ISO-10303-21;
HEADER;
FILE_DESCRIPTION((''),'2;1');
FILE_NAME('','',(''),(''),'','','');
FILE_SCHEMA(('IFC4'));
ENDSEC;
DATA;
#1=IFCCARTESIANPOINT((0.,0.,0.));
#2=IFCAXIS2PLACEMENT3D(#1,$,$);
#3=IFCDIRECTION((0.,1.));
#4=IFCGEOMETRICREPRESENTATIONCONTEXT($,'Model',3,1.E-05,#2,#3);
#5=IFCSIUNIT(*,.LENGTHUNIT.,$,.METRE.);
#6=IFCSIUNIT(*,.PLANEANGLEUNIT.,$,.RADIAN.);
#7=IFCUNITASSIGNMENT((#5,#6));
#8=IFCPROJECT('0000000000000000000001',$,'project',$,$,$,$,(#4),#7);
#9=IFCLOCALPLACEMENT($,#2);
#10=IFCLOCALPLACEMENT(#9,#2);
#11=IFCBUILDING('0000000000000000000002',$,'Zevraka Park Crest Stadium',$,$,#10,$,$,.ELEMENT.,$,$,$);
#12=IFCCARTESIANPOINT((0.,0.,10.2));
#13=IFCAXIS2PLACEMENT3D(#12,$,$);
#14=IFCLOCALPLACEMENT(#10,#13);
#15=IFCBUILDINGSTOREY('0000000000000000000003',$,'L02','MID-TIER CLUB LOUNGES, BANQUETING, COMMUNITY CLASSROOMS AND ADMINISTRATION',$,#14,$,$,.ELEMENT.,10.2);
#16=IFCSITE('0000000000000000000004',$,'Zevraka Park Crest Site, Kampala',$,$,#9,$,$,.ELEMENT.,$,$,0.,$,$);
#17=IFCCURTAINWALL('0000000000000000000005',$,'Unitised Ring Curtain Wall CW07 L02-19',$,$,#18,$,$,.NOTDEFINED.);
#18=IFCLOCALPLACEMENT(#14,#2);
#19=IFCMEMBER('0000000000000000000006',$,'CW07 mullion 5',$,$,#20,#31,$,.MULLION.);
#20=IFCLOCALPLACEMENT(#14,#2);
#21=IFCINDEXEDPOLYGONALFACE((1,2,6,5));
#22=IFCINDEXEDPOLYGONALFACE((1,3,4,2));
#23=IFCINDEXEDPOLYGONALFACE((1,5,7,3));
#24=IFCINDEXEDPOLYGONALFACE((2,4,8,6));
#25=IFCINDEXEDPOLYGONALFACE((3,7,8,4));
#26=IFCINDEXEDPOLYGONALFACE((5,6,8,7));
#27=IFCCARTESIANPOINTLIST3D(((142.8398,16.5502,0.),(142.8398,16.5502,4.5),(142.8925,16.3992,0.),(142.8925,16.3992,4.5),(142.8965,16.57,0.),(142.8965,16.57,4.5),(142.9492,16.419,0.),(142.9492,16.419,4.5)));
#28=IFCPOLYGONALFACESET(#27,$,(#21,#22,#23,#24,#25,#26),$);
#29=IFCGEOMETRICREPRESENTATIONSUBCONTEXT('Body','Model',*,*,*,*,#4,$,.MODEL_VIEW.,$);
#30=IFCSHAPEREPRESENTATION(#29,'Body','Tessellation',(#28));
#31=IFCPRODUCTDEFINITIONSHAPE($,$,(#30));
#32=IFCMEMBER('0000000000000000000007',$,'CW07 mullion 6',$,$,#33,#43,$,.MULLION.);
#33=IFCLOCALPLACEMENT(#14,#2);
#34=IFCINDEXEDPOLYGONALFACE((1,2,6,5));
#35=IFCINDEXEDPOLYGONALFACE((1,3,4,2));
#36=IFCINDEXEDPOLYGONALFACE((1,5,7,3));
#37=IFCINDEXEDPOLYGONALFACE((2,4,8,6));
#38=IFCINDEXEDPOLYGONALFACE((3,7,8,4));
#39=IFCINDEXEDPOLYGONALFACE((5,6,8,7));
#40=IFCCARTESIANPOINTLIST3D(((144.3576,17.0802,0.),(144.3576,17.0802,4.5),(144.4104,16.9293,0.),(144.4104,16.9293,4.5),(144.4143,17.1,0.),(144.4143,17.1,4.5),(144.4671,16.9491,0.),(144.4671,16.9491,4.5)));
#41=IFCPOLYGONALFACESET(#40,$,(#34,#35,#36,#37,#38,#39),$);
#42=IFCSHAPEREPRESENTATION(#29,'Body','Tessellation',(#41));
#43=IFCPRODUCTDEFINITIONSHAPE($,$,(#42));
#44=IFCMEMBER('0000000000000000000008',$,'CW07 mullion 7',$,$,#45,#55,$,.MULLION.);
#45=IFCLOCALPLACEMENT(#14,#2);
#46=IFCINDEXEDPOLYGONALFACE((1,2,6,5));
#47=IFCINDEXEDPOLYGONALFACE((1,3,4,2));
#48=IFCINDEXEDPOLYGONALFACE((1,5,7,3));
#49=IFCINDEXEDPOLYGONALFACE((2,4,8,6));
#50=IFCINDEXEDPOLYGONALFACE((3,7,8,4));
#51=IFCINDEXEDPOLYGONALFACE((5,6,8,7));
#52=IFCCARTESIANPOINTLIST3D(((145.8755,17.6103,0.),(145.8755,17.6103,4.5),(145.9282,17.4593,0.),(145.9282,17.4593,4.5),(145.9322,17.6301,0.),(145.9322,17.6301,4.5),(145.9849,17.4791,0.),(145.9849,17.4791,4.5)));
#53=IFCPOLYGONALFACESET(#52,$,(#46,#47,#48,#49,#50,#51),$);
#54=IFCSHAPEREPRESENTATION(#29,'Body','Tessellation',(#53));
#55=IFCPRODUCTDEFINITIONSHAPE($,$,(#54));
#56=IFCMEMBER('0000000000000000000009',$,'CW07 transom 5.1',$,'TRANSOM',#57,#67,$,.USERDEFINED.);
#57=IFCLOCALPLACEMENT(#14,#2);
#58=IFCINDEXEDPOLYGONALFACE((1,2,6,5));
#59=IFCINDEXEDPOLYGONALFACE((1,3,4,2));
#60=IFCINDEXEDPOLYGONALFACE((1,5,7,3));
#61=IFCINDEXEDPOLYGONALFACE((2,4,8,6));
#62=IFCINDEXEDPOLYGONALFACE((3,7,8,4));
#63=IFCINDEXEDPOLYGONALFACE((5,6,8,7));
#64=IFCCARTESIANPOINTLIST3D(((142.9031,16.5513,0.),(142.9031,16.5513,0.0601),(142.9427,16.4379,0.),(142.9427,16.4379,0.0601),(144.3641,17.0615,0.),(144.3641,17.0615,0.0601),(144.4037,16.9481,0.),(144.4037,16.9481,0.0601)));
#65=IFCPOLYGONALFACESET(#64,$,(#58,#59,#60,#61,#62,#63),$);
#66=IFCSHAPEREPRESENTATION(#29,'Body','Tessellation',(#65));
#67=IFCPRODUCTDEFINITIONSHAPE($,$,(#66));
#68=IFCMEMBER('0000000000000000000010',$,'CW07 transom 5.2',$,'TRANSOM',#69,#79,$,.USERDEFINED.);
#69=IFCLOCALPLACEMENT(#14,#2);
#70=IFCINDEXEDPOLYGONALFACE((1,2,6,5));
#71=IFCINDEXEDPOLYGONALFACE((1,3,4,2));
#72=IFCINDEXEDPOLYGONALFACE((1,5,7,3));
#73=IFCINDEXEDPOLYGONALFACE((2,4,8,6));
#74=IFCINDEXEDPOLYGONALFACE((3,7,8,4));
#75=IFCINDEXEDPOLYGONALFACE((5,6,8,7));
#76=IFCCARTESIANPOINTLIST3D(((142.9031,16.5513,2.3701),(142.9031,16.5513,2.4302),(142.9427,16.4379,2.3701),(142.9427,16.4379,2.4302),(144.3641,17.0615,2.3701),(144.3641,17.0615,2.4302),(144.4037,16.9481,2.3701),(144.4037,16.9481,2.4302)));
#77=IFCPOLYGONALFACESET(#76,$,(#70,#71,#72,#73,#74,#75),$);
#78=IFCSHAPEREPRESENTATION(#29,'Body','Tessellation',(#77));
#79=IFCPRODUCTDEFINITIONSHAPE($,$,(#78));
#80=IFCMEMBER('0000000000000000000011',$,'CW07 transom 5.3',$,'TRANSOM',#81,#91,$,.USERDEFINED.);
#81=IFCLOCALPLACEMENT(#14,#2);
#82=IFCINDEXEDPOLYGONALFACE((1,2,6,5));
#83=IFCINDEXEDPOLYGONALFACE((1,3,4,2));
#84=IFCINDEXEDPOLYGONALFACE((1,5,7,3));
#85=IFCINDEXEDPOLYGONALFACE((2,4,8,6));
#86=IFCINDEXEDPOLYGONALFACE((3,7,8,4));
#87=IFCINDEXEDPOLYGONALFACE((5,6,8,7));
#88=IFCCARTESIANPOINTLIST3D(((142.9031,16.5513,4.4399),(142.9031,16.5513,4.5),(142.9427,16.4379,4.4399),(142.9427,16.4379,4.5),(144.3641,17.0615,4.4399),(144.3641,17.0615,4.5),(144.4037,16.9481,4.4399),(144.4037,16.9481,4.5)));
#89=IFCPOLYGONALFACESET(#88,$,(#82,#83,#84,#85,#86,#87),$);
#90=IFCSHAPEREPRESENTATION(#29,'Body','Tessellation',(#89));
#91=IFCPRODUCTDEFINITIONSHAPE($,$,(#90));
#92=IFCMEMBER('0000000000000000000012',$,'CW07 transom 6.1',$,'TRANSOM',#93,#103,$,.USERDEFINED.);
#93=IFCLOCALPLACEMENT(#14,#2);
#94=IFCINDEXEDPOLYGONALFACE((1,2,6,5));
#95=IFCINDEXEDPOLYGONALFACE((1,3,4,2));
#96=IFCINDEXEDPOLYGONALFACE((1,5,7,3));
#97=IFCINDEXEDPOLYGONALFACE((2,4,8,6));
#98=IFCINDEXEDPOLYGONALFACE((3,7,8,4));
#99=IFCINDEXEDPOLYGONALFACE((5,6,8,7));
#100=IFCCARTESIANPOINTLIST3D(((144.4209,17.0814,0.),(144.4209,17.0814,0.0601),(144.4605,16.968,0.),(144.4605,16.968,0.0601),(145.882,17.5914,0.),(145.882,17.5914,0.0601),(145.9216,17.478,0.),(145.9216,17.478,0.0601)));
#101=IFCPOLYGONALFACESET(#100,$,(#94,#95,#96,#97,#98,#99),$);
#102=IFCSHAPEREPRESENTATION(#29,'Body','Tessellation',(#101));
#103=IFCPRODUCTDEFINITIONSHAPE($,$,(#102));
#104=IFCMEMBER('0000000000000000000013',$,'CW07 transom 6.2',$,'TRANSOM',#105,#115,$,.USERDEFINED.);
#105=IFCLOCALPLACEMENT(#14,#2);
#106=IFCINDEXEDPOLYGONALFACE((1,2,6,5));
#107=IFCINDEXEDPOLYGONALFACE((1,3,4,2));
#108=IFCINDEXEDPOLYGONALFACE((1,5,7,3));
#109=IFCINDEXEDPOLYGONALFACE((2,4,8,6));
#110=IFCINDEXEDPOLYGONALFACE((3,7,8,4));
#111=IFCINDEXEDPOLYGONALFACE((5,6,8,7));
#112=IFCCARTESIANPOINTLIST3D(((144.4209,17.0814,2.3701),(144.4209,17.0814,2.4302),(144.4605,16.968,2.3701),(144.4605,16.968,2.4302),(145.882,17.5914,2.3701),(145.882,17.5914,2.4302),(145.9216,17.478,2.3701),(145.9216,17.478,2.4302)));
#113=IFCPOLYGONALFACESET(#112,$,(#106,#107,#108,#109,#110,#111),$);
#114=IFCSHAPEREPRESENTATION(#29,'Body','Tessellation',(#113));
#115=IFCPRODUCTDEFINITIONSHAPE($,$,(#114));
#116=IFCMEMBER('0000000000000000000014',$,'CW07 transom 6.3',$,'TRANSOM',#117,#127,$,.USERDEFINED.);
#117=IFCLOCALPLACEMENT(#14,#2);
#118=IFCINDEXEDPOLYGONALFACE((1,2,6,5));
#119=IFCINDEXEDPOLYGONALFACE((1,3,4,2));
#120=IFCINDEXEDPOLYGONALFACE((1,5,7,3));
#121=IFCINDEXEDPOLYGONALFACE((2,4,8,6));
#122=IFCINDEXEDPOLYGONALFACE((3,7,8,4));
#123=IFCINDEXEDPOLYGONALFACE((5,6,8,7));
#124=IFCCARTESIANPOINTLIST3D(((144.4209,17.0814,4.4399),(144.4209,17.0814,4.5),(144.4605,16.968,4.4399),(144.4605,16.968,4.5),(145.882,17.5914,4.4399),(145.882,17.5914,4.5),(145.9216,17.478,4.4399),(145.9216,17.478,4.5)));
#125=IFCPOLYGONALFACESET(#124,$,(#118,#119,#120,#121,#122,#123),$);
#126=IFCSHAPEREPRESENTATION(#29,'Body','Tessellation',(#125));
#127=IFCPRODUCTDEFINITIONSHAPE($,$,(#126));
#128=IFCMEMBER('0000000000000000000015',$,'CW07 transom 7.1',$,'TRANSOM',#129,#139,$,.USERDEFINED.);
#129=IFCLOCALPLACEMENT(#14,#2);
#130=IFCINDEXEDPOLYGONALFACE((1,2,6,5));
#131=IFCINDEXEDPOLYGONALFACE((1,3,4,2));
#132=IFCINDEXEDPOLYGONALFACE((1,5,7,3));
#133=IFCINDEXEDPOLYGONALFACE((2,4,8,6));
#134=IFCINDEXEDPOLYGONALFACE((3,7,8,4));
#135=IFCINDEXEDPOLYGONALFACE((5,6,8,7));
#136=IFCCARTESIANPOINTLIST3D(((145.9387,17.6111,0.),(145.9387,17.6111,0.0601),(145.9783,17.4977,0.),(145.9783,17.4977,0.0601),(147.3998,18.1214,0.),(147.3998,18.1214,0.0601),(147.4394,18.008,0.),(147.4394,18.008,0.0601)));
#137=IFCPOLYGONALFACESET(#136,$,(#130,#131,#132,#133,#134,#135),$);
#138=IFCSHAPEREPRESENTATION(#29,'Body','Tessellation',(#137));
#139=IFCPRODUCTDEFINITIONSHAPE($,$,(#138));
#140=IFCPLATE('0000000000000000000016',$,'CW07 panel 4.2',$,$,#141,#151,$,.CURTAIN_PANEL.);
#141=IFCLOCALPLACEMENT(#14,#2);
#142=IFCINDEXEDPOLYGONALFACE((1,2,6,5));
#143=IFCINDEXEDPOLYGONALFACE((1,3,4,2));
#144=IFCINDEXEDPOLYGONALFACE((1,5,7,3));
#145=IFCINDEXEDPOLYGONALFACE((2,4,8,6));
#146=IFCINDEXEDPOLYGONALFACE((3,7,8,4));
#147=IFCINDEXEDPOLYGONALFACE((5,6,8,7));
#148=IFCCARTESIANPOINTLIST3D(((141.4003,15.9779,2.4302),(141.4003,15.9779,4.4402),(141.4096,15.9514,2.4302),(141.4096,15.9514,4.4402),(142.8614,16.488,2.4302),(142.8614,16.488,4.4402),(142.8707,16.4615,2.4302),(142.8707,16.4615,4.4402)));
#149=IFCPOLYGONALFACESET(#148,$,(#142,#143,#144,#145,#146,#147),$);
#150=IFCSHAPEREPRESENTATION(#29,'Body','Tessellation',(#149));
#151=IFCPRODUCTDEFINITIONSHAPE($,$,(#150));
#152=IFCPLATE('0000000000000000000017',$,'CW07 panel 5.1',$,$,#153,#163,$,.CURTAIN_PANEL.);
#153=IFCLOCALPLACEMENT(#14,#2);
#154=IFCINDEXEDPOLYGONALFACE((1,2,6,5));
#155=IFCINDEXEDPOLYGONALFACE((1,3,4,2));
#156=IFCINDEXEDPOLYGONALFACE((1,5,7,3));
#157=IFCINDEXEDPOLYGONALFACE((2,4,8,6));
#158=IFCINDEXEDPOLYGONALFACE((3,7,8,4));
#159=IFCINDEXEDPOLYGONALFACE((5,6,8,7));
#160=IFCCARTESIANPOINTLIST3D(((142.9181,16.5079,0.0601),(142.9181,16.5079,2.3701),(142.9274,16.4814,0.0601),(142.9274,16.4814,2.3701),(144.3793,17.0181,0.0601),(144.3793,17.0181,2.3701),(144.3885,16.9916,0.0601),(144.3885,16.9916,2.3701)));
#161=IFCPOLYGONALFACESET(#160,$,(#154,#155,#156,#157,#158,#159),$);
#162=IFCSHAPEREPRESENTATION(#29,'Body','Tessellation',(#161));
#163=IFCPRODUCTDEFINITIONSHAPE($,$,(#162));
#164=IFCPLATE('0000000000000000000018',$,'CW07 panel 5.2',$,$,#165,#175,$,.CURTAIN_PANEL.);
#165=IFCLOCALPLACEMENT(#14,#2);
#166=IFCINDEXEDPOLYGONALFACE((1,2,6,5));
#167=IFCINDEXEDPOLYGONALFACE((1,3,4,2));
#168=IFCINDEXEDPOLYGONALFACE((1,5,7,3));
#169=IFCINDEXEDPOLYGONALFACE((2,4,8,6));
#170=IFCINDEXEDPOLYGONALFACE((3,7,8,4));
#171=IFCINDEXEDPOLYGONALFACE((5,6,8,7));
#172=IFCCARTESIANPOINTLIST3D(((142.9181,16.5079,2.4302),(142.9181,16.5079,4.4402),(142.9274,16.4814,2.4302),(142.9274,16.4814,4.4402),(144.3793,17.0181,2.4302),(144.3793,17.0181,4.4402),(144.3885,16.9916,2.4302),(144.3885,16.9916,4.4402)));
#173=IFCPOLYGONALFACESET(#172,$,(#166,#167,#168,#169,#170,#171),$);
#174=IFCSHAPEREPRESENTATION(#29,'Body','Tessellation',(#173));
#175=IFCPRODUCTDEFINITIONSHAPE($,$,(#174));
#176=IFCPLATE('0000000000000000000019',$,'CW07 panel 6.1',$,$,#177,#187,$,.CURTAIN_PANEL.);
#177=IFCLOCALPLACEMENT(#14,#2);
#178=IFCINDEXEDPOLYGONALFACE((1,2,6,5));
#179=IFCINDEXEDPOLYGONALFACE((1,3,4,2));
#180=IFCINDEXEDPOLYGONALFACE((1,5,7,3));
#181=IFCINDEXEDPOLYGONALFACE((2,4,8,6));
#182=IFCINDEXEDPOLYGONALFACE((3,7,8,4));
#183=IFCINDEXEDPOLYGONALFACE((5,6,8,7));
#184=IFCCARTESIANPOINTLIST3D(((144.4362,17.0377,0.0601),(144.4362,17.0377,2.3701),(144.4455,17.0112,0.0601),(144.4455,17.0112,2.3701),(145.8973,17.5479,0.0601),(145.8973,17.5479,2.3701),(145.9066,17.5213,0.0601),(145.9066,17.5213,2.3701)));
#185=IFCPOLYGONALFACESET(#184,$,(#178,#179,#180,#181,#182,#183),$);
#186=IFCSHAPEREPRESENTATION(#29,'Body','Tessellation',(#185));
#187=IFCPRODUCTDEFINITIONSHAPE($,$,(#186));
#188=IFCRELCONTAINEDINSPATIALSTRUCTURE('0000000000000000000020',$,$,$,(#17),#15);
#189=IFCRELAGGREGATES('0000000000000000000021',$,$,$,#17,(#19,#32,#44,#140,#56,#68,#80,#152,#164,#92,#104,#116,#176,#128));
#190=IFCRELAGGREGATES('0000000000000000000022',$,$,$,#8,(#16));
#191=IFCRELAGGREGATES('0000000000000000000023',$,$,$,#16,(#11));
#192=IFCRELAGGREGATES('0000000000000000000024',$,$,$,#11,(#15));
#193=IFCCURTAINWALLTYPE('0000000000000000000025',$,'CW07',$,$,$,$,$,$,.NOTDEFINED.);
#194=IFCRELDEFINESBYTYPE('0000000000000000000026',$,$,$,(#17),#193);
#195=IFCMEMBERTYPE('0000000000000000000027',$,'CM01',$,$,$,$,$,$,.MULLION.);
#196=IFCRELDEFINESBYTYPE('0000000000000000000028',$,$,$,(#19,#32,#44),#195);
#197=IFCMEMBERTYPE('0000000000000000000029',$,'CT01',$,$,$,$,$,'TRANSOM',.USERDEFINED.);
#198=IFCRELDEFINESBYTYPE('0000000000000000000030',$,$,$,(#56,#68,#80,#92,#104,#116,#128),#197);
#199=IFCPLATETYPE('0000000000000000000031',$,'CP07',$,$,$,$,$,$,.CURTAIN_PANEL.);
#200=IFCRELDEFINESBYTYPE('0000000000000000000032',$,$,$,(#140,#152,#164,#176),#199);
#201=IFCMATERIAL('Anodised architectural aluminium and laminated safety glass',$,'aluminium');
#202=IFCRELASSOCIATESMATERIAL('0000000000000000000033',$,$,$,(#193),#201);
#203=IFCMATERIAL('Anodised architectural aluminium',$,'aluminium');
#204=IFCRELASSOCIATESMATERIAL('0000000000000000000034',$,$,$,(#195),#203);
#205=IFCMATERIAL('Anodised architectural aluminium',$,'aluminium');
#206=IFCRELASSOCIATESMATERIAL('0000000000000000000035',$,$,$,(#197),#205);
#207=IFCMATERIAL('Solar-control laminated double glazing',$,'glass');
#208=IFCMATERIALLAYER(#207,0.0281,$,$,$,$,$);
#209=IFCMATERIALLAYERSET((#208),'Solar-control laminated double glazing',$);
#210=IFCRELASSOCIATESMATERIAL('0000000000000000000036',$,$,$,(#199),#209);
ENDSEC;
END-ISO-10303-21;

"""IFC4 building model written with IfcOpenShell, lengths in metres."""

from ifc_helpers import new_model, si_unit, direction, frame, origin, origin_2d, place, context, subcontext, project, spatial, rectangle, extrude, material, layer, layer_set, material_profile, profile_set, type_object, element, aggregate, save


model = new_model("IFC4")

# Units and contexts
model_context = context("Model", 3, precision=1e-05, world=origin(), true_north=direction((0.0, 1.0)))
body_context = subcontext(model_context, "Body", "Model", "MODEL_VIEW")
ifc_project = project(units=[si_unit("LENGTHUNIT", "METRE"), si_unit("PLANEANGLEUNIT", "RADIAN")], contexts=[model_context])

# Site, building, storey
site_placement = place(None, origin())
site = spatial("IfcSite", under=ifc_project, at=site_placement, Name="Zevraka Park Crest Site, Kampala", CompositionType="ELEMENT", RefElevation=0.0)
building_placement = place(site_placement, origin())
building = spatial("IfcBuilding", under=site, at=building_placement, Name="Zevraka Park Crest Stadium", CompositionType="ELEMENT")
storey_placement = place(building_placement, frame((0.0, 0.0, 10.2)))
storey = spatial("IfcBuildingStorey", under=building, at=storey_placement, Name="L02", Description="MID-TIER CLUB LOUNGES, BANQUETING, COMMUNITY CLASSROOMS AND ADMINISTRATION", CompositionType="ELEMENT", Elevation=10.2)

# Curtain wall, members, plates
ifc_material_1 = material(Name="Anodised architectural aluminium and laminated safety glass", Category="aluminium")
curtain_wall_type = type_object("IfcCurtainWallType", Name="CW07", PredefinedType="NOTDEFINED", material=ifc_material_1)
curtain_wall_placement = place(storey_placement, origin())
curtain_wall = element("IfcCurtainWall", 1, at=curtain_wall_placement, inside=storey, type_object=curtain_wall_type, Name="Unitised Ring Curtain Wall CW07 L02-19", PredefinedType="NOTDEFINED")
ifc_material_2 = material(Name="Anodised architectural aluminium", Category="aluminium")
ifc_material_profile_1 = material_profile(ifc_material_2, rectangle(XDim=0.1599, YDim=0.0601, at=origin_2d()), Name="ALU MULLION 160x60")
ifc_profile_set_1 = profile_set([ifc_material_profile_1], Name="Anodised architectural aluminium")
member_type_1 = type_object("IfcMemberType", Name="CM01", PredefinedType="MULLION", material=ifc_profile_set_1)
member_1_placement = place(storey_placement, frame((142.8945, 16.4846, 0.0), z_axis=(0.0, 0.0, 1.0), x_axis=(-0.329619, 0.944114, 0.0)))
member_1 = element("IfcMember", 2, at=member_1_placement, type_object=member_type_1, Name="CW07 mullion 5", PredefinedType="MULLION", context=body_context, shape_type="SweptSolid", body=[
    extrude(rectangle(XDim=0.1599, YDim=0.0601, at=origin_2d()), origin(), (0.0, 0.0, 1.0), 4.5),
])
member_2_placement = place(storey_placement, frame((144.4124, 17.0146, 0.0), z_axis=(0.0, 0.0, 1.0), x_axis=(-0.329619, 0.944114, 0.0)))
member_2 = element("IfcMember", 3, at=member_2_placement, type_object=member_type_1, Name="CW07 mullion 6", PredefinedType="MULLION", context=body_context, shape_type="SweptSolid", body=[
    extrude(rectangle(XDim=0.1599, YDim=0.0601, at=origin_2d()), origin(), (0.0, 0.0, 1.0), 4.5),
])
member_3_placement = place(storey_placement, frame((145.9302, 17.5447, 0.0), z_axis=(0.0, 0.0, 1.0), x_axis=(-0.329619, 0.944114, 0.0)))
member_3 = element("IfcMember", 4, at=member_3_placement, type_object=member_type_1, Name="CW07 mullion 7", PredefinedType="MULLION", context=body_context, shape_type="SweptSolid", body=[
    extrude(rectangle(XDim=0.1599, YDim=0.0601, at=origin_2d()), origin(), (0.0, 0.0, 1.0), 4.5),
])
ifc_material_3 = material(Name="Anodised architectural aluminium", Category="aluminium")
ifc_material_profile_2 = material_profile(ifc_material_3, rectangle(XDim=0.1201, YDim=0.0601, at=origin_2d()), Name="ALU TRANSOM 120x60")
ifc_profile_set_2 = profile_set([ifc_material_profile_2], Name="Anodised architectural aluminium")
member_type_2 = type_object("IfcMemberType", Name="CT01", ElementType="TRANSOM", PredefinedType="USERDEFINED", material=ifc_profile_set_2)
member_4_placement = place(storey_placement, frame((142.9229, 16.4946, 0.03), z_axis=(0.944092, 0.329683, 0.0), x_axis=(-0.329683, 0.944092, 0.0)))
member_4 = element("IfcMember", 5, at=member_4_placement, type_object=member_type_2, Name="CW07 transom 5.1", ObjectType="TRANSOM", PredefinedType="USERDEFINED", context=body_context, shape_type="SweptSolid", body=[
    extrude(rectangle(XDim=0.1201, YDim=0.0601, at=origin_2d()), origin(), (0.0, 0.0, 1.0), 1.5476),
])
member_5_placement = place(storey_placement, frame((142.9229, 16.4946, 2.4001), z_axis=(0.944092, 0.329683, 0.0), x_axis=(-0.329683, 0.944092, 0.0)))
member_5 = element("IfcMember", 6, at=member_5_placement, type_object=member_type_2, Name="CW07 transom 5.2", ObjectType="TRANSOM", PredefinedType="USERDEFINED", context=body_context, shape_type="SweptSolid", body=[
    extrude(rectangle(XDim=0.1201, YDim=0.0601, at=origin_2d()), origin(), (0.0, 0.0, 1.0), 1.5476),
])
member_6_placement = place(storey_placement, frame((142.9229, 16.4946, 4.47), z_axis=(0.944092, 0.329683, 0.0), x_axis=(-0.329683, 0.944092, 0.0)))
member_6 = element("IfcMember", 7, at=member_6_placement, type_object=member_type_2, Name="CW07 transom 5.3", ObjectType="TRANSOM", PredefinedType="USERDEFINED", context=body_context, shape_type="SweptSolid", body=[
    extrude(rectangle(XDim=0.1201, YDim=0.0601, at=origin_2d()), origin(), (0.0, 0.0, 1.0), 1.5476),
])
member_7_placement = place(storey_placement, frame((144.4407, 17.0247, 0.03), z_axis=(0.944141, 0.329542, 0.0), x_axis=(-0.329542, 0.944141, 0.0)))
member_7 = element("IfcMember", 8, at=member_7_placement, type_object=member_type_2, Name="CW07 transom 6.1", ObjectType="TRANSOM", PredefinedType="USERDEFINED", context=body_context, shape_type="SweptSolid", body=[
    extrude(rectangle(XDim=0.1201, YDim=0.0601, at=origin_2d()), origin(), (0.0, 0.0, 1.0), 1.5476),
])
member_8_placement = place(storey_placement, frame((144.4407, 17.0247, 2.4001), z_axis=(0.944141, 0.329542, 0.0), x_axis=(-0.329542, 0.944141, 0.0)))
member_8 = element("IfcMember", 9, at=member_8_placement, type_object=member_type_2, Name="CW07 transom 6.2", ObjectType="TRANSOM", PredefinedType="USERDEFINED", context=body_context, shape_type="SweptSolid", body=[
    extrude(rectangle(XDim=0.1201, YDim=0.0601, at=origin_2d()), origin(), (0.0, 0.0, 1.0), 1.5476),
])
member_9_placement = place(storey_placement, frame((144.4407, 17.0247, 4.47), z_axis=(0.944141, 0.329542, 0.0), x_axis=(-0.329542, 0.944141, 0.0)))
member_9 = element("IfcMember", 10, at=member_9_placement, type_object=member_type_2, Name="CW07 transom 6.3", ObjectType="TRANSOM", PredefinedType="USERDEFINED", context=body_context, shape_type="SweptSolid", body=[
    extrude(rectangle(XDim=0.1201, YDim=0.0601, at=origin_2d()), origin(), (0.0, 0.0, 1.0), 1.5476),
])
member_10_placement = place(storey_placement, frame((145.9585, 17.5544, 0.03), z_axis=(0.944092, 0.329683, 0.0), x_axis=(-0.329683, 0.944092, 0.0)))
member_10 = element("IfcMember", 11, at=member_10_placement, type_object=member_type_2, Name="CW07 transom 7.1", ObjectType="TRANSOM", PredefinedType="USERDEFINED", context=body_context, shape_type="SweptSolid", body=[
    extrude(rectangle(XDim=0.1201, YDim=0.0601, at=origin_2d()), origin(), (0.0, 0.0, 1.0), 1.5476),
])
ifc_material_4 = material(Name="Solar-control laminated double glazing", Category="glass")
ifc_layer_1 = layer(ifc_material_4, 0.0281)
ifc_layer_set_1 = layer_set([ifc_layer_1], Name="Solar-control laminated double glazing")
plate_type = type_object("IfcPlateType", Name="CP07", PredefinedType="CURTAIN_PANEL", material=ifc_layer_set_1)
plate_1_placement = place(storey_placement, frame((142.1355, 16.2197, 2.4302), z_axis=(0.0, 0.0, 1.0), x_axis=(0.944114, 0.329619, 0.0)))
plate_1 = element("IfcPlate", 12, at=plate_1_placement, type_object=plate_type, Name="CW07 panel 4.2", PredefinedType="CURTAIN_PANEL", context=body_context, shape_type="SweptSolid", body=[
    extrude(rectangle(XDim=1.5476, YDim=0.0281, at=origin_2d()), origin(), (0.0, 0.0, 1.0), 2.01),
])
plate_2_placement = place(storey_placement, frame((143.6533, 16.7498, 0.0601), z_axis=(0.0, 0.0, 1.0), x_axis=(0.944114, 0.329619, 0.0)))
plate_2 = element("IfcPlate", 13, at=plate_2_placement, type_object=plate_type, Name="CW07 panel 5.1", PredefinedType="CURTAIN_PANEL", context=body_context, shape_type="SweptSolid", body=[
    extrude(rectangle(XDim=1.5476, YDim=0.0281, at=origin_2d()), origin(), (0.0, 0.0, 1.0), 2.3101),
])
plate_3_placement = place(storey_placement, frame((143.6533, 16.7498, 2.4302), z_axis=(0.0, 0.0, 1.0), x_axis=(0.944114, 0.329619, 0.0)))
plate_3 = element("IfcPlate", 14, at=plate_3_placement, type_object=plate_type, Name="CW07 panel 5.2", PredefinedType="CURTAIN_PANEL", context=body_context, shape_type="SweptSolid", body=[
    extrude(rectangle(XDim=1.5476, YDim=0.0281, at=origin_2d()), origin(), (0.0, 0.0, 1.0), 2.01),
])
plate_4_placement = place(storey_placement, frame((145.1714, 17.2795, 0.0601), z_axis=(0.0, 0.0, 1.0), x_axis=(0.944114, 0.329619, 0.0)))
plate_4 = element("IfcPlate", 15, at=plate_4_placement, type_object=plate_type, Name="CW07 panel 6.1", PredefinedType="CURTAIN_PANEL", context=body_context, shape_type="SweptSolid", body=[
    extrude(rectangle(XDim=1.5476, YDim=0.0281, at=origin_2d()), origin(), (0.0, 0.0, 1.0), 2.3101),
])
aggregate(curtain_wall, [member_1, member_2, member_3, plate_1, member_4, member_5, member_6, plate_2, plate_3, member_7, member_8, member_9, plate_4, member_10])

save(model, "model.ifc")
